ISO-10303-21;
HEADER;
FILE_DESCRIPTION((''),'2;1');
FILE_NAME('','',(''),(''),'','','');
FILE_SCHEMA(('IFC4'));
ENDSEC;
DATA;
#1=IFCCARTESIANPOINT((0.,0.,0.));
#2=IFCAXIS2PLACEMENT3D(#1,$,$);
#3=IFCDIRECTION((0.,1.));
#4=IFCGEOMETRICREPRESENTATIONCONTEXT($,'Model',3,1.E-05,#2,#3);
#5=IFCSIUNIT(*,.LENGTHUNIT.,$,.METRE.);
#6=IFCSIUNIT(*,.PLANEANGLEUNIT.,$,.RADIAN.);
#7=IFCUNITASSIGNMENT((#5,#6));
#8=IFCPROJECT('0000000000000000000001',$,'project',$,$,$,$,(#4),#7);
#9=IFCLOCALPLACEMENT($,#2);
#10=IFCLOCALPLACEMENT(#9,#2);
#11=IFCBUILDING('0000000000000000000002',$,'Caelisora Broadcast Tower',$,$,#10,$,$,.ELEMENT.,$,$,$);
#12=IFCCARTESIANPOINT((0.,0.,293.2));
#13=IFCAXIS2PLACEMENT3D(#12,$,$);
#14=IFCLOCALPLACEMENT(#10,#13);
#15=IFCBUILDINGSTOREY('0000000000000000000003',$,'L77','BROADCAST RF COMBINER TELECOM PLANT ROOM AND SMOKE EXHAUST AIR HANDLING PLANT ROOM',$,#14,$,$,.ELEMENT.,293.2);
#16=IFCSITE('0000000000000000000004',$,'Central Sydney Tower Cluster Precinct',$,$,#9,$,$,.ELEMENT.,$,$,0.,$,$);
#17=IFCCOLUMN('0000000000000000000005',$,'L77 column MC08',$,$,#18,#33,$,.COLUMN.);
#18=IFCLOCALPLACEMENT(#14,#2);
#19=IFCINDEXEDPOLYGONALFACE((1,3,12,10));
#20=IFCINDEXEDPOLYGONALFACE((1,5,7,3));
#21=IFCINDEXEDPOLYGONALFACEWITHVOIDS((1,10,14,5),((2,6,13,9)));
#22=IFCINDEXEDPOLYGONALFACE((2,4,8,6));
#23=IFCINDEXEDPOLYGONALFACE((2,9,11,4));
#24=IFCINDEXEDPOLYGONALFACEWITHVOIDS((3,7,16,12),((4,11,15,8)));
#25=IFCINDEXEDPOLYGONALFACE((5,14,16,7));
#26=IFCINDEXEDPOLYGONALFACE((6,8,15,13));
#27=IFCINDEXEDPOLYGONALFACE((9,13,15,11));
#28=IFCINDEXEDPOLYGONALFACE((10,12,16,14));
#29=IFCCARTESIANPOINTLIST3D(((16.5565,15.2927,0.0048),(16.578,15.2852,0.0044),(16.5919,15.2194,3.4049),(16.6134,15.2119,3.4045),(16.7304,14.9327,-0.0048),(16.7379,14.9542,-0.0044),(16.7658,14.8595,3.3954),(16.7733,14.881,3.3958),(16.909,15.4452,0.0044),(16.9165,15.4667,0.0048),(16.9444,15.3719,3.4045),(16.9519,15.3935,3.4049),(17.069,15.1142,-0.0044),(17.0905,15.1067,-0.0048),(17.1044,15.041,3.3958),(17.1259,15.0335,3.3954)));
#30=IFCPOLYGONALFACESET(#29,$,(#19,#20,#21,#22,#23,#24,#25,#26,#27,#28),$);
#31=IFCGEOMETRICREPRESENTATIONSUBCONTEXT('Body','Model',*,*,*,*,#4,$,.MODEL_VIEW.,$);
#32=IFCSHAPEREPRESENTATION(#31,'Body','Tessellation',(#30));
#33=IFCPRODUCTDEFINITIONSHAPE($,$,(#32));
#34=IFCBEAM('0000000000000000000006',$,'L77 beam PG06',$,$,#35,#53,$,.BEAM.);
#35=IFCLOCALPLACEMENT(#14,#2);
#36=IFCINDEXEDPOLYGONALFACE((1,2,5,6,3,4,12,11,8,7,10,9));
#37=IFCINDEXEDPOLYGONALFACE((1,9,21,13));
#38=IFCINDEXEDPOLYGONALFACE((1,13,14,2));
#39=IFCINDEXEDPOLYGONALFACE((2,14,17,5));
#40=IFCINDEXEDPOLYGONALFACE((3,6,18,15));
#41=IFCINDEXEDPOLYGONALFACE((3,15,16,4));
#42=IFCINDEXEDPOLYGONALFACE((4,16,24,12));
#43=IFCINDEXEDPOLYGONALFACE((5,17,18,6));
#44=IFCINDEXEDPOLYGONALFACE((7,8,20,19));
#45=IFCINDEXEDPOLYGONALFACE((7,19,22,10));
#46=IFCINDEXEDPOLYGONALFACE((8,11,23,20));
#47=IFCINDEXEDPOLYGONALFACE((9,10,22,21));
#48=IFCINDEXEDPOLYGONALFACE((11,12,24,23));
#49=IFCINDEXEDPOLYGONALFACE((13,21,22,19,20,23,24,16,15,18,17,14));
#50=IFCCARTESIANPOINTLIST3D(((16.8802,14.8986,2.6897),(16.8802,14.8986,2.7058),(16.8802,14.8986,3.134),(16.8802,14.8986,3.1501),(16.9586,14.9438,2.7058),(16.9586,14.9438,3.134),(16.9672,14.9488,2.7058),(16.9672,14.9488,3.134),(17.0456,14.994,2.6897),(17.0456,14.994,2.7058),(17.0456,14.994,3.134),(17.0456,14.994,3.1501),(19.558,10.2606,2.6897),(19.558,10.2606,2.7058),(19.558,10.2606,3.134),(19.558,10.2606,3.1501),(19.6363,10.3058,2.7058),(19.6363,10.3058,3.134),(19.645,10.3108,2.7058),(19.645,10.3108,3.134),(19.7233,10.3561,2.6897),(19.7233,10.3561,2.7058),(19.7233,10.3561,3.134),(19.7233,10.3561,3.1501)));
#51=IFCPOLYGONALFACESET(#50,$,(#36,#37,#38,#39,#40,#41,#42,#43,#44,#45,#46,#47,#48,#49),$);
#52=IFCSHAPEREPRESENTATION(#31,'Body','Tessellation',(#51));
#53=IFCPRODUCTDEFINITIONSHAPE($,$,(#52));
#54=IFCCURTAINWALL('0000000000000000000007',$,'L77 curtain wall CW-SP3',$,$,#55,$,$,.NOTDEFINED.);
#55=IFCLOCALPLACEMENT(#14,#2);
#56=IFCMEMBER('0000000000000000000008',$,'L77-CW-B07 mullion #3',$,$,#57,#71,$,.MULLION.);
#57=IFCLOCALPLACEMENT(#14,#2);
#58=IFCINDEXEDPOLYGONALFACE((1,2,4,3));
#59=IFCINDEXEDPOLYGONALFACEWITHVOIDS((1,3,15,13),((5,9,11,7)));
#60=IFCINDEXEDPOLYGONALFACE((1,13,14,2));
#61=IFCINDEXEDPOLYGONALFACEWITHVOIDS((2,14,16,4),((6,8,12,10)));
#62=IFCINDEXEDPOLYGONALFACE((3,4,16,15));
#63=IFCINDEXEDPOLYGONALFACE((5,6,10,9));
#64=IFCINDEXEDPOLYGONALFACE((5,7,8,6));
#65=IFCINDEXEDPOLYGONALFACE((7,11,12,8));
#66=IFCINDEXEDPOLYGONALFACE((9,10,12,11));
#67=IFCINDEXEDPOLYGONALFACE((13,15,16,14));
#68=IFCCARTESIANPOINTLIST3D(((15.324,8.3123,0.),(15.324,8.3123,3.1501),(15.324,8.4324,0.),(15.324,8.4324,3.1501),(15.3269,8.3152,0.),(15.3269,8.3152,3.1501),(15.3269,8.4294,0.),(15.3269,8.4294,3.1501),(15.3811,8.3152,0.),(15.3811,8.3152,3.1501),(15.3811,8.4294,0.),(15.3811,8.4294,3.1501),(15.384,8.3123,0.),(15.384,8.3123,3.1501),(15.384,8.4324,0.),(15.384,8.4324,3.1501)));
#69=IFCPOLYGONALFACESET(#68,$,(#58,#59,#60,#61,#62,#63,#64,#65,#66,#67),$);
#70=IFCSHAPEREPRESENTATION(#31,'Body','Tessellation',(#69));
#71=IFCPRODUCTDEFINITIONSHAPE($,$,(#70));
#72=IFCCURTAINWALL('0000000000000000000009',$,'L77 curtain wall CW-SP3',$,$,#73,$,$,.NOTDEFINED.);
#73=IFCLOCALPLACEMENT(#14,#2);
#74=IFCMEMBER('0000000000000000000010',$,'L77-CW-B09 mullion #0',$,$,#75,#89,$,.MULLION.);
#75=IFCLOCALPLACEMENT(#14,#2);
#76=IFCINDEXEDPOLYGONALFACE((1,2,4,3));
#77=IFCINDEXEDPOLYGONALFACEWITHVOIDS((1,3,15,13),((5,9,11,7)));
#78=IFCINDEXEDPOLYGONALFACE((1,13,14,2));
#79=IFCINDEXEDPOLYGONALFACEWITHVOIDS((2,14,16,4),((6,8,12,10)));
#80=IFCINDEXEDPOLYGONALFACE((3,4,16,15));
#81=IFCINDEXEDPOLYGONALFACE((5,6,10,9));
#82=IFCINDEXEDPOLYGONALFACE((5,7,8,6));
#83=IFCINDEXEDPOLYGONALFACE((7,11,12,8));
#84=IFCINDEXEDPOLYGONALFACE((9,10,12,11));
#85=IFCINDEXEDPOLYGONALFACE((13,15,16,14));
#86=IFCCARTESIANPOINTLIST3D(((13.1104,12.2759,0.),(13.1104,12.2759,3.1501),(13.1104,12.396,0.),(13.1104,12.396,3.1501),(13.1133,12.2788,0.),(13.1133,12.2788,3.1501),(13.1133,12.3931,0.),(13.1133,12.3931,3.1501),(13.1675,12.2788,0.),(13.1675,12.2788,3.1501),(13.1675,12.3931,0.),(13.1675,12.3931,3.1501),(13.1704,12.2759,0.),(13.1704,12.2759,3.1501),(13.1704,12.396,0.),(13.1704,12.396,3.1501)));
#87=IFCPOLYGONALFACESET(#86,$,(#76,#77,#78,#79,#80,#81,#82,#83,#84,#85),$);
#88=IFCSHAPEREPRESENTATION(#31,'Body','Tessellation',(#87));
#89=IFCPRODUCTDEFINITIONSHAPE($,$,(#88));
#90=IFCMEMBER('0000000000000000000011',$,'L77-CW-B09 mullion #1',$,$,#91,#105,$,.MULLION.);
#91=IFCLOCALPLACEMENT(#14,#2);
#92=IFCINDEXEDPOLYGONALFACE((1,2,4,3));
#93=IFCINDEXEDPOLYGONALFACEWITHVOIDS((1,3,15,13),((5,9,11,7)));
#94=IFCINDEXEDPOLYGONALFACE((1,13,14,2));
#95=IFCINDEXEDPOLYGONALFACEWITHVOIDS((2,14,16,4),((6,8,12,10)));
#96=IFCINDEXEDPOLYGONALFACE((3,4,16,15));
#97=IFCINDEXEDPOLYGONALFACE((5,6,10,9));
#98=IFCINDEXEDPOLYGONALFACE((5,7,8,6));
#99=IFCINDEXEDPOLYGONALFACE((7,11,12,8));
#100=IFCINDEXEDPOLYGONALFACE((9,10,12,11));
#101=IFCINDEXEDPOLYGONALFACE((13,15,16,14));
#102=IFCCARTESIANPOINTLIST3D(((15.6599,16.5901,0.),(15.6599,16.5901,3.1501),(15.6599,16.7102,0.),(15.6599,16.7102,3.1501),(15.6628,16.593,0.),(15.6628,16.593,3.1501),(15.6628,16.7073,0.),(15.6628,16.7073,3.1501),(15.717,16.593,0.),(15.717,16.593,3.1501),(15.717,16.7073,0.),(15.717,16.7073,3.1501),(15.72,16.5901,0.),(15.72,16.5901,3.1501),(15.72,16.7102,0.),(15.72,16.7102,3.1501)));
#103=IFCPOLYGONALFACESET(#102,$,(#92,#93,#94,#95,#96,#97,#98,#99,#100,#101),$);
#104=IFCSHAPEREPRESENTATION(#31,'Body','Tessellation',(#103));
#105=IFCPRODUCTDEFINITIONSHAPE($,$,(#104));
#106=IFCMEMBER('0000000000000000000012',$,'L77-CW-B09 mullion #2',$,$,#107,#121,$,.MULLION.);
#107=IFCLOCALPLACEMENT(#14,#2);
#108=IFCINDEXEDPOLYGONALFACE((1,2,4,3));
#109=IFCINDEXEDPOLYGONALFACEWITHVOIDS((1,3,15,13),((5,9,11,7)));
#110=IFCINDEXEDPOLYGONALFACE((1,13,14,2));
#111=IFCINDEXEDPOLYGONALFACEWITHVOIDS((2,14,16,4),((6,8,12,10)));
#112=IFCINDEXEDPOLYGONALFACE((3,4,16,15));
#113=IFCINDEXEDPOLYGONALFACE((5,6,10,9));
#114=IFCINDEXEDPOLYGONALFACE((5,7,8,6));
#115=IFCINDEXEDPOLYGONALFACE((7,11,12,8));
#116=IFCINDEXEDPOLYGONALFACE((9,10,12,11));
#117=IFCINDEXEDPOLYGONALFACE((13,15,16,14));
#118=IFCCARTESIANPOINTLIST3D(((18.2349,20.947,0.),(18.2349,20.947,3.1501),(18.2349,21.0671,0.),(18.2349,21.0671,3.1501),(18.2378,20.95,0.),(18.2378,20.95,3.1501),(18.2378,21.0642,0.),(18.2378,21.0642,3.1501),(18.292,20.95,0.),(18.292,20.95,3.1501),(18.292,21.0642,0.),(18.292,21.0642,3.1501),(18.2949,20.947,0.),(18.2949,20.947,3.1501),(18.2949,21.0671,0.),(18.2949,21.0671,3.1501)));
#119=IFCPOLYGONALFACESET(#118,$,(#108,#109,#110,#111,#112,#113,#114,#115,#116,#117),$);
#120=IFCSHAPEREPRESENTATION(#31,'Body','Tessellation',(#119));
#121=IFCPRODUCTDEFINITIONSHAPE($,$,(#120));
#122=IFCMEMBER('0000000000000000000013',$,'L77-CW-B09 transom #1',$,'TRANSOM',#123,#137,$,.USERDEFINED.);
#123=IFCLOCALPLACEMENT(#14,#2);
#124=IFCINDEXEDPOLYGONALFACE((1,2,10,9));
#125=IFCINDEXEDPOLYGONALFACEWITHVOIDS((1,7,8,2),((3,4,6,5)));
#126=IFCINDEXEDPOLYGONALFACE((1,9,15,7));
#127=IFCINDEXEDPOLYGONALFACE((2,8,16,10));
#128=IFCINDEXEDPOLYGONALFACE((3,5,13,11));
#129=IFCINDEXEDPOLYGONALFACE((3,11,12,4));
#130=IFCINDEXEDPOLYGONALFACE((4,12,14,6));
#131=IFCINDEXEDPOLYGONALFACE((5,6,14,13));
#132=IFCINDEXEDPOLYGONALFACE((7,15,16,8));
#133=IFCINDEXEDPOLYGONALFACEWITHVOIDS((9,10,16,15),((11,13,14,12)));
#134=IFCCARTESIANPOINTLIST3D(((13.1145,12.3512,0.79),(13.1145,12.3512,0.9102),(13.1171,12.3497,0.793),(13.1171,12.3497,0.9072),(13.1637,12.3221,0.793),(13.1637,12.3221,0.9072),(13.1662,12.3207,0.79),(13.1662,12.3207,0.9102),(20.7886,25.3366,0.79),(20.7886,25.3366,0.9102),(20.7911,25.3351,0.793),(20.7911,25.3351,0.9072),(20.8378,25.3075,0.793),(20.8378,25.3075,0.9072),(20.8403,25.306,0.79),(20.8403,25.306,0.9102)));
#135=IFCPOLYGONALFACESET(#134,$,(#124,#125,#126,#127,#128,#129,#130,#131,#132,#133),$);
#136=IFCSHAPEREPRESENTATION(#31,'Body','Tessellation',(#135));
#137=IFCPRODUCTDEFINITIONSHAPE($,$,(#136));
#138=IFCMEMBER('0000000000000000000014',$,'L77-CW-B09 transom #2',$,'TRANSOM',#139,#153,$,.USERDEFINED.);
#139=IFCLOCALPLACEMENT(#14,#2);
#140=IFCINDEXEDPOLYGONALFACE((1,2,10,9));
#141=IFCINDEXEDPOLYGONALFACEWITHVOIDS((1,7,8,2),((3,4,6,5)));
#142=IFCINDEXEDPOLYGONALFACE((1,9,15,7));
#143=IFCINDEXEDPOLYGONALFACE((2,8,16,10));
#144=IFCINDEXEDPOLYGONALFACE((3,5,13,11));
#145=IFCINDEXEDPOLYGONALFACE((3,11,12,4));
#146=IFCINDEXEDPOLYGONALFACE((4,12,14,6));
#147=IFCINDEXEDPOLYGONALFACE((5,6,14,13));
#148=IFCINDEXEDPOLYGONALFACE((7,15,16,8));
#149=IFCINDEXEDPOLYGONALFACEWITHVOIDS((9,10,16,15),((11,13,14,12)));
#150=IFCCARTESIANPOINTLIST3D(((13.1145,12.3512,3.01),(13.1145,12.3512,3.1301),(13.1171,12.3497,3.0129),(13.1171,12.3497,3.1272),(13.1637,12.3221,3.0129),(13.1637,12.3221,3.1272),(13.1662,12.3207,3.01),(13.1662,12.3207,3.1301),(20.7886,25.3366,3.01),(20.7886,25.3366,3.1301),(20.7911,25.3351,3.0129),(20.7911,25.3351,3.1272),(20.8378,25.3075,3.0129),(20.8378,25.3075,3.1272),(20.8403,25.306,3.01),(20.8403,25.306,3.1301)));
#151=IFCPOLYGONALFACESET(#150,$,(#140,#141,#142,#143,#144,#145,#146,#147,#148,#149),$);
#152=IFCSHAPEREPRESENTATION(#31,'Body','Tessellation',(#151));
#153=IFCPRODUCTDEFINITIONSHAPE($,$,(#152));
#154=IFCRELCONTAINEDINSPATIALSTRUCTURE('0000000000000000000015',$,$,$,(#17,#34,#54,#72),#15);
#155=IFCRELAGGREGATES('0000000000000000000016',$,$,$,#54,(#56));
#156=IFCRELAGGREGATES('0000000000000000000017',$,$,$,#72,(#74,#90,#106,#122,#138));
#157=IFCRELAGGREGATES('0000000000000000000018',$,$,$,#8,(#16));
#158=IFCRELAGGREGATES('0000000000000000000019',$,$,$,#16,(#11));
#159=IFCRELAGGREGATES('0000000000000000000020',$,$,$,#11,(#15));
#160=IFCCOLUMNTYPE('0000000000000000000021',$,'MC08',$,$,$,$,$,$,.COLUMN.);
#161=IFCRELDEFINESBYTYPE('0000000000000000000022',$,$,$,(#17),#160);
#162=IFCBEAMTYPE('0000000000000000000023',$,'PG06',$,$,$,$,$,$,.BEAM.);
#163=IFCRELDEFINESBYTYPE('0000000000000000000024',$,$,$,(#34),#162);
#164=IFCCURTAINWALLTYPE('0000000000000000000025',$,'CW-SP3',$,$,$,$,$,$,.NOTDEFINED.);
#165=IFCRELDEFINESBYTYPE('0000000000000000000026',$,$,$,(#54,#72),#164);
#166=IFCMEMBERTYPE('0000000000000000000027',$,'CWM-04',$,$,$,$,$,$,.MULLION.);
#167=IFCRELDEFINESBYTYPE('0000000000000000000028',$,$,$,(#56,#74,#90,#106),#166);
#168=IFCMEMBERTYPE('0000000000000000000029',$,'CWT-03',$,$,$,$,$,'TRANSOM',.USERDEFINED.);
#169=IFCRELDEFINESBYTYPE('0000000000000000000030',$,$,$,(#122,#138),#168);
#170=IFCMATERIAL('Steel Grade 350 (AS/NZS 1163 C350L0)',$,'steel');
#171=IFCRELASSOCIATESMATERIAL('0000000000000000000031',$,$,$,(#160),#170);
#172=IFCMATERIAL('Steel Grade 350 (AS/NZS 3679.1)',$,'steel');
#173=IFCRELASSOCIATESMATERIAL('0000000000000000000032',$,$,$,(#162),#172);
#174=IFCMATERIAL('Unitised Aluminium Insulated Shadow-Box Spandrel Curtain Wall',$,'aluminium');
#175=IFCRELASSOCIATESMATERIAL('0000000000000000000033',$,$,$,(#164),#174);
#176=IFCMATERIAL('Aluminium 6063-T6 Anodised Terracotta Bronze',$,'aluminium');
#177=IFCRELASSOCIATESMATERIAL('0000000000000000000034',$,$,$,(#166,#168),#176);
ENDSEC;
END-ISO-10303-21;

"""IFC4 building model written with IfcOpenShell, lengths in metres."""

from ifc_helpers import new_model, si_unit, direction, frame, origin, origin_2d, place, context, subcontext, project, spatial, hollow_rectangle, i_section, extrude, source, transform, mapped, material, material_profile, profile_set, type_object, type_shapes, element, aggregate, save


model = new_model("IFC4")

# Units and contexts
model_context = context("Model", 3, precision=1e-05, world=origin(), true_north=direction((0.0, 1.0)))
body_context = subcontext(model_context, "Body", "Model", "MODEL_VIEW")
ifc_project = project(units=[si_unit("LENGTHUNIT", "METRE"), si_unit("PLANEANGLEUNIT", "RADIAN")], contexts=[model_context])

# Site, building, storey
site_placement = place(None, origin())
site = spatial("IfcSite", under=ifc_project, at=site_placement, Name="Central Sydney Tower Cluster Precinct", CompositionType="ELEMENT", RefElevation=0.0)
building_placement = place(site_placement, origin())
building = spatial("IfcBuilding", under=site, at=building_placement, Name="Caelisora Broadcast Tower", CompositionType="ELEMENT")
storey_placement = place(building_placement, frame((0.0, 0.0, 293.2)))
storey = spatial("IfcBuildingStorey", under=building, at=storey_placement, Name="L77", Description="BROADCAST RF COMBINER TELECOM PLANT ROOM AND SMOKE EXHAUST AIR HANDLING PLANT ROOM", CompositionType="ELEMENT", Elevation=293.2)

# Column
ifc_material_1 = material(Name="Steel Grade 350 (AS/NZS 1163 C350L0)", Category="steel")
ifc_material_profile_1 = material_profile(ifc_material_1, hollow_rectangle(XDim=0.3999, YDim=0.3999, WallThickness=0.0161, at=origin_2d()), Name="Steel Grade 350 (AS/NZS 1163 C350L0)")
ifc_profile_set_1 = profile_set([ifc_material_profile_1], Name="Steel Grade 350 (AS/NZS 1163 C350L0)")
column_type = type_object("IfcColumnType", Name="MC08", PredefinedType="COLUMN", material=ifc_profile_set_1)
shared_shape_1 = source(origin(), body_context, "Body", "SweptSolid", [
    extrude(hollow_rectangle(XDim=0.3999, YDim=0.3999, WallThickness=0.0161, at=origin_2d()), origin(), (0.0, 0.0, 1.0), 3.4011),
])
type_shapes(column_type, [shared_shape_1])
column_placement = place(storey_placement, frame((16.8235, 15.1997, 0.0), z_axis=(0.010408, -0.021535, 0.999714), x_axis=(0.900349, 0.435169, 0.0)))
element("IfcColumn", 1, at=column_placement, inside=storey, type_object=column_type, Name="L77 column MC08", PredefinedType="COLUMN", context=body_context, shape_type="MappedRepresentation", body=[
    mapped(shared_shape_1, transform((0.0, 0.0, 0.0), scale=1.0)),
])

# Beam
ifc_material_2 = material(Name="Steel Grade 350 (AS/NZS 3679.1)", Category="steel")
ifc_material_profile_2 = material_profile(ifc_material_2, i_section(OverallWidth=0.1909, OverallDepth=0.4604, WebThickness=0.01, FlangeThickness=0.0161, at=origin_2d()), Name="Steel Grade 350 (AS/NZS 3679.1)")
ifc_profile_set_2 = profile_set([ifc_material_profile_2], Name="Steel Grade 350 (AS/NZS 3679.1)")
beam_type = type_object("IfcBeamType", Name="PG06", PredefinedType="BEAM", material=ifc_profile_set_2)
shared_shape_2 = source(origin(), body_context, "Body", "SweptSolid", [
    extrude(i_section(OverallWidth=0.1909, OverallDepth=0.4604, WebThickness=0.01, FlangeThickness=0.0161, at=origin_2d()), origin(), (0.0, 0.0, 1.0), 5.3555),
])
type_shapes(beam_type, [shared_shape_2])
beam_placement = place(storey_placement, frame((16.9629, 14.9463, 2.9199), z_axis=(0.500003, -0.866024, 0.0), x_axis=(0.866024, 0.500003, 0.0)))
element("IfcBeam", 2, at=beam_placement, inside=storey, type_object=beam_type, Name="L77 beam PG06", PredefinedType="BEAM", context=body_context, shape_type="MappedRepresentation", body=[
    mapped(shared_shape_2, transform((0.0, 0.0, 0.0), scale=1.0)),
])

# Curtain wall, member
ifc_material_3 = material(Name="Unitised Aluminium Insulated Shadow-Box Spandrel Curtain Wall", Category="aluminium")
curtain_wall_type = type_object("IfcCurtainWallType", Name="CW-SP3", PredefinedType="NOTDEFINED", material=ifc_material_3)
curtain_wall_1_placement = place(storey_placement, origin())
curtain_wall_1 = element("IfcCurtainWall", 3, at=curtain_wall_1_placement, inside=storey, type_object=curtain_wall_type, Name="L77 curtain wall CW-SP3", PredefinedType="NOTDEFINED")
ifc_material_4 = material(Name="Aluminium 6063-T6 Anodised Terracotta Bronze", Category="aluminium")
ifc_material_profile_3 = material_profile(ifc_material_4, hollow_rectangle(XDim=0.0601, YDim=0.1201, WallThickness=0.0029, at=origin_2d()), Name="Aluminium 6063-T6 Anodised Terracotta Bronze")
ifc_profile_set_3 = profile_set([ifc_material_profile_3], Name="Aluminium 6063-T6 Anodised Terracotta Bronze")
member_type_1 = type_object("IfcMemberType", Name="CWM-04", PredefinedType="MULLION", material=ifc_profile_set_3)
shared_shape_3 = source(origin(), body_context, "Body", "SweptSolid", [
    extrude(hollow_rectangle(XDim=0.0601, YDim=0.1201, WallThickness=0.0029, at=origin_2d()), origin(), (0.0, 0.0, 1.0), 3.1501),
])
type_shapes(member_type_1, [shared_shape_3])
member_1_placement = place(storey_placement, frame((15.354, 8.3723, 0.0), z_axis=(0.0, 0.0, 1.0), x_axis=(1.0, 0.0, 0.0)))
member_1 = element("IfcMember", 4, at=member_1_placement, type_object=member_type_1, Name="L77-CW-B07 mullion #3", PredefinedType="MULLION", context=body_context, shape_type="MappedRepresentation", body=[
    mapped(shared_shape_3, transform((0.0, 0.0, 0.0), scale=1.0)),
])

# Curtain wall, members
curtain_wall_2_placement = place(storey_placement, origin())
curtain_wall_2 = element("IfcCurtainWall", 5, at=curtain_wall_2_placement, inside=storey, type_object=curtain_wall_type, Name="L77 curtain wall CW-SP3", PredefinedType="NOTDEFINED")
member_2_placement = place(storey_placement, frame((13.1404, 12.3359, 0.0), z_axis=(0.0, 0.0, 1.0), x_axis=(1.0, 0.0, 0.0)))
member_2 = element("IfcMember", 6, at=member_2_placement, type_object=member_type_1, Name="L77-CW-B09 mullion #0", PredefinedType="MULLION", context=body_context, shape_type="MappedRepresentation", body=[
    mapped(shared_shape_3, transform((0.0, 0.0, 0.0), scale=1.0)),
])
member_3_placement = place(storey_placement, frame((15.6899, 16.6501, 0.0), z_axis=(0.0, 0.0, 1.0), x_axis=(1.0, 0.0, 0.0)))
member_3 = element("IfcMember", 7, at=member_3_placement, type_object=member_type_1, Name="L77-CW-B09 mullion #1", PredefinedType="MULLION", context=body_context, shape_type="MappedRepresentation", body=[
    mapped(shared_shape_3, transform((0.0, 0.0, 0.0), scale=1.0)),
])
member_4_placement = place(storey_placement, frame((18.2649, 21.0071, 0.0), z_axis=(0.0, 0.0, 1.0), x_axis=(1.0, 0.0, 0.0)))
member_4 = element("IfcMember", 8, at=member_4_placement, type_object=member_type_1, Name="L77-CW-B09 mullion #2", PredefinedType="MULLION", context=body_context, shape_type="MappedRepresentation", body=[
    mapped(shared_shape_3, transform((0.0, 0.0, 0.0), scale=1.0)),
])
ifc_material_profile_4 = material_profile(ifc_material_4, hollow_rectangle(XDim=0.0601, YDim=0.1201, WallThickness=0.0029, at=origin_2d()), Name="Aluminium 6063-T6 Anodised Terracotta Bronze")
ifc_profile_set_4 = profile_set([ifc_material_profile_4], Name="Aluminium 6063-T6 Anodised Terracotta Bronze")
member_type_2 = type_object("IfcMemberType", Name="CWT-03", ElementType="TRANSOM", PredefinedType="USERDEFINED", material=ifc_profile_set_4)
shared_shape_4 = source(origin(), body_context, "Body", "SweptSolid", [
    extrude(hollow_rectangle(XDim=0.0601, YDim=0.1201, WallThickness=0.0029, at=origin_2d()), origin(), (0.0, 0.0, 1.0), 15.0835),
])
type_shapes(member_type_2, [shared_shape_4])
member_5_placement = place(storey_placement, frame((13.1404, 12.3359, 0.8501), z_axis=(0.508774, 0.8609, 0.0), x_axis=(-0.8609, 0.508774, 0.0)))
member_5 = element("IfcMember", 9, at=member_5_placement, type_object=member_type_2, Name="L77-CW-B09 transom #1", ObjectType="TRANSOM", PredefinedType="USERDEFINED", context=body_context, shape_type="MappedRepresentation", body=[
    mapped(shared_shape_4, transform((0.0, 0.0, 0.0), scale=1.0)),
])
member_6_placement = place(storey_placement, frame((13.1404, 12.3359, 3.0701), z_axis=(0.508774, 0.8609, 0.0), x_axis=(-0.8609, 0.508774, 0.0)))
member_6 = element("IfcMember", 10, at=member_6_placement, type_object=member_type_2, Name="L77-CW-B09 transom #2", ObjectType="TRANSOM", PredefinedType="USERDEFINED", context=body_context, shape_type="MappedRepresentation", body=[
    mapped(shared_shape_4, transform((0.0, 0.0, 0.0), scale=1.0)),
])

aggregate(curtain_wall_1, [member_1])
aggregate(curtain_wall_2, [member_2, member_3, member_4, member_5, member_6])

save(model, "model.ifc")
